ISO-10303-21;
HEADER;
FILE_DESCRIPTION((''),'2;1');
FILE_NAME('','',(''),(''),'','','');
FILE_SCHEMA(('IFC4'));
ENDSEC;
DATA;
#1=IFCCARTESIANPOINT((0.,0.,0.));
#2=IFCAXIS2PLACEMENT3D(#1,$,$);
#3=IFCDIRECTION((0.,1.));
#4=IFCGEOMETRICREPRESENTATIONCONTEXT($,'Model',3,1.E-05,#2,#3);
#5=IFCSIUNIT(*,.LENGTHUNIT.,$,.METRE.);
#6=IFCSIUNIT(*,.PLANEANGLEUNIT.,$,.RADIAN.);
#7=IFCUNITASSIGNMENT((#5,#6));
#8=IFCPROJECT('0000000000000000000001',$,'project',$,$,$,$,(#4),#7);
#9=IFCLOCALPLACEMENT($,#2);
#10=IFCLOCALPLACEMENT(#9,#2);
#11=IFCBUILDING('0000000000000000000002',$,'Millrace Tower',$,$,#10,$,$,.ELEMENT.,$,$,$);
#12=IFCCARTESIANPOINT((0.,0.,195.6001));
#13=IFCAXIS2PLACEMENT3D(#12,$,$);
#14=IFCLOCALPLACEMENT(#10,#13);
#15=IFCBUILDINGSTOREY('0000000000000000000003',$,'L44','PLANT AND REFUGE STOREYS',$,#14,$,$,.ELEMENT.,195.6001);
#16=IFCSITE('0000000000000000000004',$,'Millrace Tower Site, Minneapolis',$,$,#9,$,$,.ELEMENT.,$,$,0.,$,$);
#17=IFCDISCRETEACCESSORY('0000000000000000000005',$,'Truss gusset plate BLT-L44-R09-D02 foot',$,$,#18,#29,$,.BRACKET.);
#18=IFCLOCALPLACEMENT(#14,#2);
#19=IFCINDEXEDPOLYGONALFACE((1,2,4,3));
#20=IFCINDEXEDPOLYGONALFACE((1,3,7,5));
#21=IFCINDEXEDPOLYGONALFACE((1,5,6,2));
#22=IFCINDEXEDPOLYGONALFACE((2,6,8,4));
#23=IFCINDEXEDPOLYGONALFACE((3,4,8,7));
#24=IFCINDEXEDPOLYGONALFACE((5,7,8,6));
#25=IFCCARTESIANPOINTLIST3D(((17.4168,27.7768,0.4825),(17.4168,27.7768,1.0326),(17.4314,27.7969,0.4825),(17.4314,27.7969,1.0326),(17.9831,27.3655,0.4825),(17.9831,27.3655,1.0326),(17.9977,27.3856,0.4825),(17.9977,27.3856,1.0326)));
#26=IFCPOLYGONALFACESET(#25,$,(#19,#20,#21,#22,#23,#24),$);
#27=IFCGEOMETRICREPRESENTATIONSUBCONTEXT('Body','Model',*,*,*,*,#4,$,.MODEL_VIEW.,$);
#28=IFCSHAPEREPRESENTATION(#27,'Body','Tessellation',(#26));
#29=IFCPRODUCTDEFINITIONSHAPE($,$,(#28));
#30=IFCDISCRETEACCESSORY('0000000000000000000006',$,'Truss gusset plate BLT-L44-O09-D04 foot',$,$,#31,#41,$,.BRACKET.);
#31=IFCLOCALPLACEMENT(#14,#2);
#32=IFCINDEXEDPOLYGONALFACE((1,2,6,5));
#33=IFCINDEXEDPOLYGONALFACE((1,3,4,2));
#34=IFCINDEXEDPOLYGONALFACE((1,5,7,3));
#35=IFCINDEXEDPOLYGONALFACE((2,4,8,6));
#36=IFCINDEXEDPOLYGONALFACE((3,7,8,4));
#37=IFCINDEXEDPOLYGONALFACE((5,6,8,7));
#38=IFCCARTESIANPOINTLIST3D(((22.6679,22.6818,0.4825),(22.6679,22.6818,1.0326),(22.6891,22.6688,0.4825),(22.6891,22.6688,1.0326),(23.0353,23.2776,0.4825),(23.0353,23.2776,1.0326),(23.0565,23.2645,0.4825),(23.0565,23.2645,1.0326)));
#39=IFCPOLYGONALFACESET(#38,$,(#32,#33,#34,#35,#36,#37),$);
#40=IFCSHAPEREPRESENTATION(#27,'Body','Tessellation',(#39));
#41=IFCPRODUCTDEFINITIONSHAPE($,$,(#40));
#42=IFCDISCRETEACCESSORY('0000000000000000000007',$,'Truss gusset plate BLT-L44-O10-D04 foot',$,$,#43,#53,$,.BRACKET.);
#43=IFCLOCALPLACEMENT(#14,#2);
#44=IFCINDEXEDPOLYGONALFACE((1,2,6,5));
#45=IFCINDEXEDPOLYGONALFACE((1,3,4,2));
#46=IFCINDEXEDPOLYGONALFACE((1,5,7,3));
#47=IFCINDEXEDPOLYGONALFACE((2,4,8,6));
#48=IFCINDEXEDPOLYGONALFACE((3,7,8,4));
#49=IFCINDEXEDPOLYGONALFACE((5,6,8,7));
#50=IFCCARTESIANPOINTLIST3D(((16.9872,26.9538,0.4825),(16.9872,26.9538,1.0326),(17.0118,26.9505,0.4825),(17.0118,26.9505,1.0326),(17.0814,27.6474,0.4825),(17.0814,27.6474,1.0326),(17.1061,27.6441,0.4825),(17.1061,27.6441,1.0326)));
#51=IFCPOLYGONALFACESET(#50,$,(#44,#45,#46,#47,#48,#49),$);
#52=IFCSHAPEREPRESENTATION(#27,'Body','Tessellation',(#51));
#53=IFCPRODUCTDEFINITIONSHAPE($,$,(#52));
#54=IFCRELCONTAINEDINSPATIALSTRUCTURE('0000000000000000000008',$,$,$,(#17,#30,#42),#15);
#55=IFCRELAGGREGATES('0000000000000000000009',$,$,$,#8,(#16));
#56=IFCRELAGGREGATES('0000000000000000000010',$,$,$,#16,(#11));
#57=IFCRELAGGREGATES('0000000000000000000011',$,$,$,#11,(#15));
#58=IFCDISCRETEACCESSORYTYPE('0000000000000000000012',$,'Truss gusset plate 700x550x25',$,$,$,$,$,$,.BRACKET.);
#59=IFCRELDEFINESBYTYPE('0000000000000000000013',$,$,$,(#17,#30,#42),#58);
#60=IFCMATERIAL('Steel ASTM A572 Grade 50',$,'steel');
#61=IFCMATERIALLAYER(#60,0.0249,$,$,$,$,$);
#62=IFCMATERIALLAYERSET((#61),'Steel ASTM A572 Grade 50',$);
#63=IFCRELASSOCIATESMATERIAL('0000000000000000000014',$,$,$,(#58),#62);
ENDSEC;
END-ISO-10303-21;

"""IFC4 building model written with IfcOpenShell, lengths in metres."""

from ifc_helpers import new_model, si_unit, direction, frame, origin, origin_2d, place, context, subcontext, project, spatial, rectangle, extrude, material, layer, layer_set, type_object, element, save


model = new_model("IFC4")

# Units and contexts
model_context = context("Model", 3, precision=1e-05, world=origin(), true_north=direction((0.0, 1.0)))
body_context = subcontext(model_context, "Body", "Model", "MODEL_VIEW")
ifc_project = project(units=[si_unit("LENGTHUNIT", "METRE"), si_unit("PLANEANGLEUNIT", "RADIAN")], contexts=[model_context])

# Site, building, storey
site_placement = place(None, origin())
site = spatial("IfcSite", under=ifc_project, at=site_placement, Name="Millrace Tower Site, Minneapolis", CompositionType="ELEMENT", RefElevation=0.0)
building_placement = place(site_placement, origin())
building = spatial("IfcBuilding", under=site, at=building_placement, Name="Millrace Tower", CompositionType="ELEMENT")
storey_placement = place(building_placement, frame((0.0, 0.0, 195.6001)))
storey = spatial("IfcBuildingStorey", under=building, at=storey_placement, Name="L44", Description="PLANT AND REFUGE STOREYS", CompositionType="ELEMENT", Elevation=195.6001)

# Discrete accessories
ifc_material_1 = material(Name="Steel ASTM A572 Grade 50", Category="steel")
ifc_layer_1 = layer(ifc_material_1, 0.0249)
ifc_layer_set_1 = layer_set([ifc_layer_1], Name="Steel ASTM A572 Grade 50")
discrete_accessory_type_1 = type_object("IfcDiscreteAccessoryType", Name="Truss gusset plate 700x550x25", PredefinedType="BRACKET", material=ifc_layer_set_1)
for number, where, z_axis, x_axis, name in (
    (1, (17.4241, 27.7869, 0.7576), (0.809113, -0.587653, 0.0), (0.587653, 0.809113, 0.0), "Truss gusset plate BLT-L44-R09-D02 foot"),
    (2, (22.6785, 22.6753, 0.7576), (0.524973, 0.851119, 0.0), (-0.851119, 0.524973, 0.0), "Truss gusset plate BLT-L44-O09-D04 foot"),
    (3, (16.9995, 26.9521, 0.7576), (0.134631, 0.990896, 0.0), (-0.990896, 0.134631, 0.0), "Truss gusset plate BLT-L44-O10-D04 foot"),
):
    element("IfcDiscreteAccessory", number, at=place(storey_placement, frame(where, z_axis=z_axis, x_axis=x_axis)), inside=storey, type_object=discrete_accessory_type_1, Name=name, PredefinedType="BRACKET", context=body_context, shape_type="SweptSolid", body=[
        extrude(rectangle(XDim=0.0249, YDim=0.55, at=origin_2d()), origin(), (0.0, 0.0, 1.0), 0.7),
    ])

save(model, "model.ifc")
